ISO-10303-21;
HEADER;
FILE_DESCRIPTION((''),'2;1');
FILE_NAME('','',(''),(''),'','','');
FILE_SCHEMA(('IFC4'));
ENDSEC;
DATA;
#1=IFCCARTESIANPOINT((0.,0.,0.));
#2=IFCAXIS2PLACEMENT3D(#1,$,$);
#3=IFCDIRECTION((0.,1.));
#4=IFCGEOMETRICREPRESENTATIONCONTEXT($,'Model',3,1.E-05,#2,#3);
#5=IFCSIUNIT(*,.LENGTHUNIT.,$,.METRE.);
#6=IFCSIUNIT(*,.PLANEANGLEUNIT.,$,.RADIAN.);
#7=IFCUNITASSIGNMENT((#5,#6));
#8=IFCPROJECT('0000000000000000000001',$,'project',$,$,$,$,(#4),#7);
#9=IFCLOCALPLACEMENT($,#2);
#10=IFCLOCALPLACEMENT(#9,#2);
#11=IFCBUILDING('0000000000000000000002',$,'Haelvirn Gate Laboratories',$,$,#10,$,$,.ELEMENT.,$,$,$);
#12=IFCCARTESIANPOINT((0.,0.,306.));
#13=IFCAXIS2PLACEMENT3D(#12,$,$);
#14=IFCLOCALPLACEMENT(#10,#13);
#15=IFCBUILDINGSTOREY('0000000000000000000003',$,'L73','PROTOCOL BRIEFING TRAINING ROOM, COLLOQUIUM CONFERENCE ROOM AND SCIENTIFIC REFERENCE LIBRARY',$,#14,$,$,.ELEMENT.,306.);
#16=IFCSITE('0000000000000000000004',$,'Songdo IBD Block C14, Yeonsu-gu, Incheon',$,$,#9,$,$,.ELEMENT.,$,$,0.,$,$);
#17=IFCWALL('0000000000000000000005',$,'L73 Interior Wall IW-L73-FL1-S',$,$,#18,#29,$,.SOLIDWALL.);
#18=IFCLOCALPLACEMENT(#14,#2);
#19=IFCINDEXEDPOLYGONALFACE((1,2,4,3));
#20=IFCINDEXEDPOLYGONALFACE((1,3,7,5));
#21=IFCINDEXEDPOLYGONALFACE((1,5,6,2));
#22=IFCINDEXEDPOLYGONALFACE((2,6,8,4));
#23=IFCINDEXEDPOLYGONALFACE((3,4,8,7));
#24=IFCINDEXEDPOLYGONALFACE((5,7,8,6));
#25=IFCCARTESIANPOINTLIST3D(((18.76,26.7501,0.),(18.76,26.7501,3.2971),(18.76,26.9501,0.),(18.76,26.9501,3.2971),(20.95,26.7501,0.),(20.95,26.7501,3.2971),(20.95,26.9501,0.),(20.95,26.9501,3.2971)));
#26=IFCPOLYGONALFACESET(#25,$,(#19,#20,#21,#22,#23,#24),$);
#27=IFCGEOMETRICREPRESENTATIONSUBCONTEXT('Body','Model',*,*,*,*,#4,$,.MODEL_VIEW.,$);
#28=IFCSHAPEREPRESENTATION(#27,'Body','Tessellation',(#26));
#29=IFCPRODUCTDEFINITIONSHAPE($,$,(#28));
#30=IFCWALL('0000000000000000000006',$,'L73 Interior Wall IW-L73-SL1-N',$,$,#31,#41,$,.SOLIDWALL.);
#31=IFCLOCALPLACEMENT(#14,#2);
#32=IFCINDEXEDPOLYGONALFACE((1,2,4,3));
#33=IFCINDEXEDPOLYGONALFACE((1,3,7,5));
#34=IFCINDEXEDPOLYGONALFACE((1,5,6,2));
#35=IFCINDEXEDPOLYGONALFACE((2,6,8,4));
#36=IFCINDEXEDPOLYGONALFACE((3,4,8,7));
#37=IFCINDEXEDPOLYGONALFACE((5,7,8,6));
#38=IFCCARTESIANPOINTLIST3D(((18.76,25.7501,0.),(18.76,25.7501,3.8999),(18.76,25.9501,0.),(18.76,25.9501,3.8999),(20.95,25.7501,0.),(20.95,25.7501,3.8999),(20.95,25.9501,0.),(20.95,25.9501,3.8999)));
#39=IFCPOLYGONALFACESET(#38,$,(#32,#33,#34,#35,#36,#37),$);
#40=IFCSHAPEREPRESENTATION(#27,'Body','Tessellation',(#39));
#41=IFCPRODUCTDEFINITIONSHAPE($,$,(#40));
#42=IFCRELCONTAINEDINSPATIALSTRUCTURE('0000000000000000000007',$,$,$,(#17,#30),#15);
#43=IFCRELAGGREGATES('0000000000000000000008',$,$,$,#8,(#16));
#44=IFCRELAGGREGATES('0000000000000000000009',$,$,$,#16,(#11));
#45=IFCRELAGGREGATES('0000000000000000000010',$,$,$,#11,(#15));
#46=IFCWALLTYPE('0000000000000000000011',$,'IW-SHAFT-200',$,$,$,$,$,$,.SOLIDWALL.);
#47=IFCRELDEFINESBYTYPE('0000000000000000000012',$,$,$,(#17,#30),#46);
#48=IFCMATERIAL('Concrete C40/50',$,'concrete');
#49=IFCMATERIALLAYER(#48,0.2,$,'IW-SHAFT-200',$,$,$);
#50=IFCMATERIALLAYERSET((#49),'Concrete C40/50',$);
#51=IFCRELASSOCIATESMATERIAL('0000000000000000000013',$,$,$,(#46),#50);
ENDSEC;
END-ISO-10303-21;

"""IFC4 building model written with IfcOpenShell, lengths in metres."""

from ifc_helpers import new_model, si_unit, direction, frame, frame_2d, origin, place, context, subcontext, project, spatial, rectangle, extrude, material, layer, layer_set, type_object, element, save


model = new_model("IFC4")

# Units and contexts
model_context = context("Model", 3, precision=1e-05, world=origin(), true_north=direction((0.0, 1.0)))
body_context = subcontext(model_context, "Body", "Model", "MODEL_VIEW")
ifc_project = project(units=[si_unit("LENGTHUNIT", "METRE"), si_unit("PLANEANGLEUNIT", "RADIAN")], contexts=[model_context])

# Site, building, storey
site_placement = place(None, origin())
site = spatial("IfcSite", under=ifc_project, at=site_placement, Name="Songdo IBD Block C14, Yeonsu-gu, Incheon", CompositionType="ELEMENT", RefElevation=0.0)
building_placement = place(site_placement, origin())
building = spatial("IfcBuilding", under=site, at=building_placement, Name="Haelvirn Gate Laboratories", CompositionType="ELEMENT")
storey_placement = place(building_placement, frame((0.0, 0.0, 306.0)))
storey = spatial("IfcBuildingStorey", under=building, at=storey_placement, Name="L73", Description="PROTOCOL BRIEFING TRAINING ROOM, COLLOQUIUM CONFERENCE ROOM AND SCIENTIFIC REFERENCE LIBRARY", CompositionType="ELEMENT", Elevation=306.0)

# Walls
ifc_material_1 = material(Name="Concrete C40/50", Category="concrete")
ifc_layer_1 = layer(ifc_material_1, 0.2, Name="IW-SHAFT-200")
ifc_layer_set_1 = layer_set([ifc_layer_1], Name="Concrete C40/50")
wall_type_1 = type_object("IfcWallType", Name="IW-SHAFT-200", PredefinedType="SOLIDWALL", material=ifc_layer_set_1)
wall_1_placement = place(storey_placement, frame((18.76, 26.8501, 0.0), z_axis=(0.0, 0.0, 1.0), x_axis=(1.0, 0.0, 0.0)))
element("IfcWall", 1, at=wall_1_placement, inside=storey, type_object=wall_type_1, Name="L73 Interior Wall IW-L73-FL1-S", PredefinedType="SOLIDWALL", context=body_context, shape_type="SweptSolid", body=[
    extrude(rectangle(XDim=2.1899, YDim=0.2, at=frame_2d((1.095, 0.0))), origin(), (0.0, 0.0, 1.0), 3.2971),
])
wall_2_placement = place(storey_placement, frame((18.76, 25.8501, 0.0), z_axis=(0.0, 0.0, 1.0), x_axis=(1.0, 0.0, 0.0)))
element("IfcWall", 2, at=wall_2_placement, inside=storey, type_object=wall_type_1, Name="L73 Interior Wall IW-L73-SL1-N", PredefinedType="SOLIDWALL", context=body_context, shape_type="SweptSolid", body=[
    extrude(rectangle(XDim=2.1899, YDim=0.2, at=frame_2d((1.095, 0.0))), origin(), (0.0, 0.0, 1.0), 3.8999),
])

save(model, "model.ifc")
